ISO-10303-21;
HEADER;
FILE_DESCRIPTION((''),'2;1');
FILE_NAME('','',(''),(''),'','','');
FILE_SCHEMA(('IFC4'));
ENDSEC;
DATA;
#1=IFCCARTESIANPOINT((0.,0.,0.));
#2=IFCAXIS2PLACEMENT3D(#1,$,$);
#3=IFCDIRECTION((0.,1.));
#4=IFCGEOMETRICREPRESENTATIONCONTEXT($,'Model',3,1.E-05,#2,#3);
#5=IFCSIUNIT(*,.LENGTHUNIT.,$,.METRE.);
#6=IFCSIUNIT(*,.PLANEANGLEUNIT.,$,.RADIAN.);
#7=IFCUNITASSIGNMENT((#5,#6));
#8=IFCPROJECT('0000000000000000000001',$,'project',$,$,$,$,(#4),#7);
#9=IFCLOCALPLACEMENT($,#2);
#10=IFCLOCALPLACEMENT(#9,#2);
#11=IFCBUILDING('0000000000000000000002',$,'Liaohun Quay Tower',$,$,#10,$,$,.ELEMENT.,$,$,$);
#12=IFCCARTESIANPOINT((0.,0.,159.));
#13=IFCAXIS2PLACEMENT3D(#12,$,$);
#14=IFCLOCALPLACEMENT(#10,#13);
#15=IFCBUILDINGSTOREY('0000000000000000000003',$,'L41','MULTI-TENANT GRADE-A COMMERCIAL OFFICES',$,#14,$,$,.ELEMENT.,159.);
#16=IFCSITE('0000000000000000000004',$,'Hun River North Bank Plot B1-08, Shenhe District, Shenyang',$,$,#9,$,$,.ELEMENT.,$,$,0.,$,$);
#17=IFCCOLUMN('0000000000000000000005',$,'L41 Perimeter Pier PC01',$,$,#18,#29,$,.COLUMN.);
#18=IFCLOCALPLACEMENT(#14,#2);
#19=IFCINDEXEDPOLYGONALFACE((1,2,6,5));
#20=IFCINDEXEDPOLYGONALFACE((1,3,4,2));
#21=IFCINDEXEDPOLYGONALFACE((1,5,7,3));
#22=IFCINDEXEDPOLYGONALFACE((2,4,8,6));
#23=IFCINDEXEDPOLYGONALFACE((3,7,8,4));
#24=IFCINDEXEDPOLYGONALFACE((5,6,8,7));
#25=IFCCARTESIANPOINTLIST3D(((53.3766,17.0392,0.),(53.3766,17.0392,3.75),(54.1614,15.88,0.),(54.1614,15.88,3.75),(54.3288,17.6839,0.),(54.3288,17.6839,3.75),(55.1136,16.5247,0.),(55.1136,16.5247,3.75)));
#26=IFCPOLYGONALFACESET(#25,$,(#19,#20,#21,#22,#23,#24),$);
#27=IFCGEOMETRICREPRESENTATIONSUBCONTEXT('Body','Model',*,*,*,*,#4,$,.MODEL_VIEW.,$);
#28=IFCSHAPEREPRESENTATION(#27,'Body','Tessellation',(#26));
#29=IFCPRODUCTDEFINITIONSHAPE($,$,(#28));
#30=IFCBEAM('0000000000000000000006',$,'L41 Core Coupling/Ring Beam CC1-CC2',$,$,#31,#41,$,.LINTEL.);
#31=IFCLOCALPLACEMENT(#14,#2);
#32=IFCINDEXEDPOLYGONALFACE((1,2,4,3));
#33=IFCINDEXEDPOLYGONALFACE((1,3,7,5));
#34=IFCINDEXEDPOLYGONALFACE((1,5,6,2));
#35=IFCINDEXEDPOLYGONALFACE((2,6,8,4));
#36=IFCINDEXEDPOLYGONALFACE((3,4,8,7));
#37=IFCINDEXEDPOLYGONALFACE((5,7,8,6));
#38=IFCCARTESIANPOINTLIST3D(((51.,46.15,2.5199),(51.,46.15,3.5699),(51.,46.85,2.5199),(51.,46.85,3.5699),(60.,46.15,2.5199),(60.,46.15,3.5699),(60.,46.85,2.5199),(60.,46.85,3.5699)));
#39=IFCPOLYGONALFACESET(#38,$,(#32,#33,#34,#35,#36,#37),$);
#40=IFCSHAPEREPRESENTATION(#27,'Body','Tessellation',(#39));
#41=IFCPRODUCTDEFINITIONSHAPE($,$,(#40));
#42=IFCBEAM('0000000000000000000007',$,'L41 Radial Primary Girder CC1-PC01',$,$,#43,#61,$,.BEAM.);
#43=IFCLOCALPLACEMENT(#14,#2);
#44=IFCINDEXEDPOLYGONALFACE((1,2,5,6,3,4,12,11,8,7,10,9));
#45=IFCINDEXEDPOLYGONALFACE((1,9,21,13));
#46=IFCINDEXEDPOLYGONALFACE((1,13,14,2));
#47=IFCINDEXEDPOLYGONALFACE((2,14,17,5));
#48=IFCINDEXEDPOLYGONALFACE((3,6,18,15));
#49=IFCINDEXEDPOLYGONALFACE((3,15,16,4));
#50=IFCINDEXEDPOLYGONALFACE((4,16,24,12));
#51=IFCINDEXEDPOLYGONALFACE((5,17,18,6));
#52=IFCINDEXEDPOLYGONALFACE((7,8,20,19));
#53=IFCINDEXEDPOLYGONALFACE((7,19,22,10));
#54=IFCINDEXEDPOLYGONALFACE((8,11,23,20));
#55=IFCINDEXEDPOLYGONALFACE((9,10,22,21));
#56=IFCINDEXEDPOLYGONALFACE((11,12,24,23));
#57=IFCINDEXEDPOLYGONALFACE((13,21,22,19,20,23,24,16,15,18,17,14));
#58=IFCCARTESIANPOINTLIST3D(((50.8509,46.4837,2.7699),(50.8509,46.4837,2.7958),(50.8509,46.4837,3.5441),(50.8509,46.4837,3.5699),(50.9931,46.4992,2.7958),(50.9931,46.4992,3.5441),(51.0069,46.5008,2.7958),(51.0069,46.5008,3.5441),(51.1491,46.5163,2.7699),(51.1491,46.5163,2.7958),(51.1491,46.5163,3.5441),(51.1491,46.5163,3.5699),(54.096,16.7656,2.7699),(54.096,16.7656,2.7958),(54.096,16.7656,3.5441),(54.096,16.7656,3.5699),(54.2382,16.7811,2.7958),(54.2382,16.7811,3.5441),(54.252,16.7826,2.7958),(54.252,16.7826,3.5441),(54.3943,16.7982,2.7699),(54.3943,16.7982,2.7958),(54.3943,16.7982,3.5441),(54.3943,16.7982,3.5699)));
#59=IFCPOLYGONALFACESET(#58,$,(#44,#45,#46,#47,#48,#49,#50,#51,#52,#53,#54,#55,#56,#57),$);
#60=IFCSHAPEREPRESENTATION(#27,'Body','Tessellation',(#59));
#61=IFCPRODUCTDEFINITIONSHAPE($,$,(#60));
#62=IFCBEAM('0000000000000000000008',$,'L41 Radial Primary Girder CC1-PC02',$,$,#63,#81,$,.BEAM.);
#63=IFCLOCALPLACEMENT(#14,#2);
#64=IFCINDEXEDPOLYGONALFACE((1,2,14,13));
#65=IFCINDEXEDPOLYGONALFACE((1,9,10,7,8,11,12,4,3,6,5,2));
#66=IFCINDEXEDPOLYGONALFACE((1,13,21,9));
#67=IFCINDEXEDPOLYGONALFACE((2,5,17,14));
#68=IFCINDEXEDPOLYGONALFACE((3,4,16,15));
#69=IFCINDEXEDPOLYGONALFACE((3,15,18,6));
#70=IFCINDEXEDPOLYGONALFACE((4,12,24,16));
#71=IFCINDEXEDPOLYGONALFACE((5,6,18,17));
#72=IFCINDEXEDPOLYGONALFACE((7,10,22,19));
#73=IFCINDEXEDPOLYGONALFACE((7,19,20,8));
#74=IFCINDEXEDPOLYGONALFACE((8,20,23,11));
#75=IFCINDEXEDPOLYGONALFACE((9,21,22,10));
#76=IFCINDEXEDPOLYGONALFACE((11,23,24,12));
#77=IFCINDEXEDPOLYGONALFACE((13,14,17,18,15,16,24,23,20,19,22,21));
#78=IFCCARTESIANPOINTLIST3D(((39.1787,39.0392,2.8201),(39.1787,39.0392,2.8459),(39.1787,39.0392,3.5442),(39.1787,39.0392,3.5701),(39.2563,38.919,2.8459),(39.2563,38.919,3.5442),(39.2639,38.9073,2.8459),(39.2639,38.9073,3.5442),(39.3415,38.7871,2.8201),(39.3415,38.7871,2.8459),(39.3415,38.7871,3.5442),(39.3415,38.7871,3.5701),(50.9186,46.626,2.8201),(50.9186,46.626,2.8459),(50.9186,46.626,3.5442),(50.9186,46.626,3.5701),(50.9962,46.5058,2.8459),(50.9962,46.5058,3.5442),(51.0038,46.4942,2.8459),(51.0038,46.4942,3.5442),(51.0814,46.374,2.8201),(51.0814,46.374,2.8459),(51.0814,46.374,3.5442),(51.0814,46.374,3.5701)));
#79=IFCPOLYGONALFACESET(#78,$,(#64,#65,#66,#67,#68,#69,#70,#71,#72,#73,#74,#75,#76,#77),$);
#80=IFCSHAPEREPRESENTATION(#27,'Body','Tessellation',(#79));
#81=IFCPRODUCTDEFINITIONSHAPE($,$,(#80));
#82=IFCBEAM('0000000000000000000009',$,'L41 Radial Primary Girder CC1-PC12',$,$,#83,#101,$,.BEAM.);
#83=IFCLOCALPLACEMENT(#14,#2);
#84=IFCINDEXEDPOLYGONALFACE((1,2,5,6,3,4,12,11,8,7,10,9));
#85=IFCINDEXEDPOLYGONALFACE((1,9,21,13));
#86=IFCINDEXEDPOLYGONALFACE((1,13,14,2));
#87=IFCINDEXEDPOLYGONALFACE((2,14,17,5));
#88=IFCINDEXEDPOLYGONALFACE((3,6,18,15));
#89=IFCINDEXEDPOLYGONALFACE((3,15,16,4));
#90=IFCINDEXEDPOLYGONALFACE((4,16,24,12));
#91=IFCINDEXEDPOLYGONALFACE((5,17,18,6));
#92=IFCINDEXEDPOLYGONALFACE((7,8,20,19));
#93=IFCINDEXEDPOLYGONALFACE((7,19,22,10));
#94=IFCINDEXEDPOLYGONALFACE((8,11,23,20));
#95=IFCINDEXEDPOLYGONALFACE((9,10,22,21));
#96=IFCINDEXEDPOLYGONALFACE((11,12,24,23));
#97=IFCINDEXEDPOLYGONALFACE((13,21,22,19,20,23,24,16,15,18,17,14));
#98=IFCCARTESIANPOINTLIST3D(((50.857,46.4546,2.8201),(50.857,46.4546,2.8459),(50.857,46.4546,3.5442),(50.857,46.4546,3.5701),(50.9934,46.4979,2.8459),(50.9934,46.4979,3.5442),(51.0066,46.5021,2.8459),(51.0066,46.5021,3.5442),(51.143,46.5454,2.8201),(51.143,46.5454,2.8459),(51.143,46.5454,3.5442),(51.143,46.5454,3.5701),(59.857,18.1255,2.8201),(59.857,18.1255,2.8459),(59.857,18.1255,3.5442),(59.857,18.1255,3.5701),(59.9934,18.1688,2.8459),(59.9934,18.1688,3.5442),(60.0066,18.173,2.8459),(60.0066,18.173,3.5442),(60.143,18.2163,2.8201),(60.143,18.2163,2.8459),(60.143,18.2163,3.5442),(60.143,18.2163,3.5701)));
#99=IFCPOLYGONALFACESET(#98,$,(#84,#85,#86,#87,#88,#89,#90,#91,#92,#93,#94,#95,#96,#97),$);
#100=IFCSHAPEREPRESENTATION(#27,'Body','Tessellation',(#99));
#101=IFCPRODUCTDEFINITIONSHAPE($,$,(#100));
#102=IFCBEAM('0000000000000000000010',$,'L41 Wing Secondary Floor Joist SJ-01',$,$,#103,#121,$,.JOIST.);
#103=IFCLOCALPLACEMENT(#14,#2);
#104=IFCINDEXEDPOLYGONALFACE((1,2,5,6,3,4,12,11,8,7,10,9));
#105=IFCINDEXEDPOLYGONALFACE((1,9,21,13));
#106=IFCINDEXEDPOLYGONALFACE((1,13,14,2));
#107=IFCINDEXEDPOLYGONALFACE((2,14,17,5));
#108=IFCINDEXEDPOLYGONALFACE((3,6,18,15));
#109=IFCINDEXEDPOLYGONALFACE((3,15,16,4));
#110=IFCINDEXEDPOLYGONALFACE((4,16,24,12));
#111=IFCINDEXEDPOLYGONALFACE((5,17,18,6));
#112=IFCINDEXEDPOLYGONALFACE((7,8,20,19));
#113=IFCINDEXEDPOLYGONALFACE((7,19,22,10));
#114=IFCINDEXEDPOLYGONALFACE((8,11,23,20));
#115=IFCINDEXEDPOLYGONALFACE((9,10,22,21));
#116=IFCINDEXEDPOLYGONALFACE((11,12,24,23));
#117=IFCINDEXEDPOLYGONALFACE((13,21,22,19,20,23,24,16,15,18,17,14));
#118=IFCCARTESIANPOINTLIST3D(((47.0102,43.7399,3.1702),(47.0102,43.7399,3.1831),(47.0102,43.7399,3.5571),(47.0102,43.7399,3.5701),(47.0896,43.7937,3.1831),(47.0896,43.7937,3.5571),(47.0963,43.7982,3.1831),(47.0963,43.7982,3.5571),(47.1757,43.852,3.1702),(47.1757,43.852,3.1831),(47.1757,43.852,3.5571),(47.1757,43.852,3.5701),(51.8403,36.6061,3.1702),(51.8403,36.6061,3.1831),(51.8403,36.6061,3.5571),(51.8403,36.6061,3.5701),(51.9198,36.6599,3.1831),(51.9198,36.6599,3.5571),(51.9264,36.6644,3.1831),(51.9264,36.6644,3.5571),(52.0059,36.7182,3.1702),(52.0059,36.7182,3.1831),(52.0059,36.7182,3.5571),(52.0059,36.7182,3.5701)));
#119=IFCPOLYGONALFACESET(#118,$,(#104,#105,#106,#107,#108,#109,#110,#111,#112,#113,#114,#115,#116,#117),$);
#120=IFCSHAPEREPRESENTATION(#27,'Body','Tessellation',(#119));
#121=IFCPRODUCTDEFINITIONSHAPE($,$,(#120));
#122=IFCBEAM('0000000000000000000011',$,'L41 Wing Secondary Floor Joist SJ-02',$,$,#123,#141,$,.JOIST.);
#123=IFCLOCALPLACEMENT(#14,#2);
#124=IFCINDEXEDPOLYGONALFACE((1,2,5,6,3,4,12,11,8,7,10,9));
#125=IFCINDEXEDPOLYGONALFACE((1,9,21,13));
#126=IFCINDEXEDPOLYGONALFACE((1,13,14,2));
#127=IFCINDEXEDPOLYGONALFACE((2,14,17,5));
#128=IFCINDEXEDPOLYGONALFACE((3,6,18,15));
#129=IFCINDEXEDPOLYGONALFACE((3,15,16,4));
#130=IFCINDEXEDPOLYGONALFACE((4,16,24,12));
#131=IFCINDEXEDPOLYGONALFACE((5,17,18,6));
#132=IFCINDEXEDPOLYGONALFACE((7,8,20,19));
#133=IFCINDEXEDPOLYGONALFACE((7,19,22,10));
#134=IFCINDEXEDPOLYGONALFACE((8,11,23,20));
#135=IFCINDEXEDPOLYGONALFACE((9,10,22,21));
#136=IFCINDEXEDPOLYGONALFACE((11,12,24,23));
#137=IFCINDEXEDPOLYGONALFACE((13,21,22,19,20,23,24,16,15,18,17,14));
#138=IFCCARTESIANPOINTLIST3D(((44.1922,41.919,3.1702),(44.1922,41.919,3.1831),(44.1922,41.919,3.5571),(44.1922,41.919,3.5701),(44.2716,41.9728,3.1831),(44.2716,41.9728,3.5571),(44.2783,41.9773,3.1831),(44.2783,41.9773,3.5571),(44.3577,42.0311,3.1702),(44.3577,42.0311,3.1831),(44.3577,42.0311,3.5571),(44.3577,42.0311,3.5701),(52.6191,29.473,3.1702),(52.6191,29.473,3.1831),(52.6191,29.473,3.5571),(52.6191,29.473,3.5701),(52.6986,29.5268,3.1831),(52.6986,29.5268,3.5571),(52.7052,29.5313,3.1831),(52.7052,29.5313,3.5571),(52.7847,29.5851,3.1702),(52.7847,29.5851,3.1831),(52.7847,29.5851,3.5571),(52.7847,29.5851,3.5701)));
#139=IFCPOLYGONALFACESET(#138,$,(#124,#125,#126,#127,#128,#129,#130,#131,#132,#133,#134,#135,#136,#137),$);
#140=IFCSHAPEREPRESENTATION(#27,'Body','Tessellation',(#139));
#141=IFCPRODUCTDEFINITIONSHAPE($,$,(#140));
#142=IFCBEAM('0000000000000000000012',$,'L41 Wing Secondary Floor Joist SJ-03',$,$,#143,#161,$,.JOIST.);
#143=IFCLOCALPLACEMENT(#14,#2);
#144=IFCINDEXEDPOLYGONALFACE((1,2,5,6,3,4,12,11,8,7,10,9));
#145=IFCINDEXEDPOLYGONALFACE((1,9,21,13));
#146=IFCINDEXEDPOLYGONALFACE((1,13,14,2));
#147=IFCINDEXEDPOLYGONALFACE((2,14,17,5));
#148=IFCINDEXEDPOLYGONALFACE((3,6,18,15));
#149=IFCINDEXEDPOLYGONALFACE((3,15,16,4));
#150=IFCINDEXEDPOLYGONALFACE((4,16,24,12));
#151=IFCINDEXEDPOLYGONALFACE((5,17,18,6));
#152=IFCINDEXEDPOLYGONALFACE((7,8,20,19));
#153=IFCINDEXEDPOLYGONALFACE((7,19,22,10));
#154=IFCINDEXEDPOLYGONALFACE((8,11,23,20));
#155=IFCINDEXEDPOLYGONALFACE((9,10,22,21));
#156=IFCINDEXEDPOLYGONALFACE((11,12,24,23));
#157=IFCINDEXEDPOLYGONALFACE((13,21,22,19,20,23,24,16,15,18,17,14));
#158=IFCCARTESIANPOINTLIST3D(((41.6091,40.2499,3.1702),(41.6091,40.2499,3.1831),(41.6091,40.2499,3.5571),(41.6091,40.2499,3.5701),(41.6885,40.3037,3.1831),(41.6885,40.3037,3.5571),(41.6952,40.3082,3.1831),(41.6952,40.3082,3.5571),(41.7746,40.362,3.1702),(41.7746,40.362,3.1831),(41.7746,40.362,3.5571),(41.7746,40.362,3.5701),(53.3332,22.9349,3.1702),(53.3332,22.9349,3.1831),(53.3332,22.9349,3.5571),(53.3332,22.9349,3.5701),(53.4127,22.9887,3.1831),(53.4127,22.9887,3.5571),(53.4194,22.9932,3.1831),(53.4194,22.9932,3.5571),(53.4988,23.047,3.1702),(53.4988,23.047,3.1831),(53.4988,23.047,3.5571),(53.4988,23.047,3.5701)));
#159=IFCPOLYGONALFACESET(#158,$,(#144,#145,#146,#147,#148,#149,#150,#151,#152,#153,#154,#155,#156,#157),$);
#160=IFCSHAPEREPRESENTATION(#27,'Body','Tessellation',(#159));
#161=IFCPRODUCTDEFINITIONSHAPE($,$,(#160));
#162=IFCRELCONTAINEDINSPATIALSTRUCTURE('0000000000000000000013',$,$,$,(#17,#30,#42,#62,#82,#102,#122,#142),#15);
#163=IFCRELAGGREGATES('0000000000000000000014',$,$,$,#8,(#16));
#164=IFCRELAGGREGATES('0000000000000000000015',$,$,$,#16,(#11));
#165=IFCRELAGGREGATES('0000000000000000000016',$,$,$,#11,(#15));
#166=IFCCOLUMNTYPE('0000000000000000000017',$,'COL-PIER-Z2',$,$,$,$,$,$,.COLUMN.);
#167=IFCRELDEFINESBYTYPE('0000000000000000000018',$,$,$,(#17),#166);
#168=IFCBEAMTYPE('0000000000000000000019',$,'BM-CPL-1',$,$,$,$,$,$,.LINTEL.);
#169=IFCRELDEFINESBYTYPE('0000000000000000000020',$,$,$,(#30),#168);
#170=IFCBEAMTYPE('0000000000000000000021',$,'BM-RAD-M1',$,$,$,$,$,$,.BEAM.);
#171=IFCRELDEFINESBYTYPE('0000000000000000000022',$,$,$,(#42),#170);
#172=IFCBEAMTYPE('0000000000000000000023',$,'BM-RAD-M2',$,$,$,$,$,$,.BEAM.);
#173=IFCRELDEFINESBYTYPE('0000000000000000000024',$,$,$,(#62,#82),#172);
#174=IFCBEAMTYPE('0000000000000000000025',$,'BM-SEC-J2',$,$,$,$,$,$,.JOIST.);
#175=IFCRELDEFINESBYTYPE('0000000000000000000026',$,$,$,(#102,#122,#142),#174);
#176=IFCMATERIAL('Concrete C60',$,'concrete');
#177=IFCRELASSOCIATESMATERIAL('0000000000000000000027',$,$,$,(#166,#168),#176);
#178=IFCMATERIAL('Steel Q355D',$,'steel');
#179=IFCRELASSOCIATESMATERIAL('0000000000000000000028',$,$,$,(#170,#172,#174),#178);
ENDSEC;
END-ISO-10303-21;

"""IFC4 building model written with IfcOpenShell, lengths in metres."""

from ifc_helpers import new_model, si_unit, direction, frame, origin, origin_2d, place, context, subcontext, project, spatial, rectangle, i_section, extrude, source, transform, mapped, material, material_profile, profile_set, type_object, element, save


model = new_model("IFC4")

# Units and contexts
model_context = context("Model", 3, precision=1e-05, world=origin(), true_north=direction((0.0, 1.0)))
body_context = subcontext(model_context, "Body", "Model", "MODEL_VIEW")
ifc_project = project(units=[si_unit("LENGTHUNIT", "METRE"), si_unit("PLANEANGLEUNIT", "RADIAN")], contexts=[model_context])

# Site, building, storey
site_placement = place(None, origin())
site = spatial("IfcSite", under=ifc_project, at=site_placement, Name="Hun River North Bank Plot B1-08, Shenhe District, Shenyang", CompositionType="ELEMENT", RefElevation=0.0)
building_placement = place(site_placement, origin())
building = spatial("IfcBuilding", under=site, at=building_placement, Name="Liaohun Quay Tower", CompositionType="ELEMENT")
storey_placement = place(building_placement, frame((0.0, 0.0, 159.0)))
storey = spatial("IfcBuildingStorey", under=building, at=storey_placement, Name="L41", Description="MULTI-TENANT GRADE-A COMMERCIAL OFFICES", CompositionType="ELEMENT", Elevation=159.0)

# Column
ifc_material_1 = material(Name="Concrete C60", Category="concrete")
ifc_material_profile_1 = material_profile(ifc_material_1, rectangle(XDim=1.3999, YDim=1.1499, at=origin_2d()), Name="RC1400x1150")
ifc_profile_set_1 = profile_set([ifc_material_profile_1], Name="Concrete C60")
column_type = type_object("IfcColumnType", Name="COL-PIER-Z2", PredefinedType="COLUMN", material=ifc_profile_set_1)
shared_shape_1 = source(origin(), body_context, "Body", "SweptSolid", [
    extrude(rectangle(XDim=1.3999, YDim=1.1499, at=origin_2d()), origin(), (0.0, 0.0, 1.0), 3.75),
])
column_placement = place(storey_placement, frame((54.2451, 16.782, 0.0), z_axis=(0.0, 0.0, 1.0), x_axis=(-0.560639, 0.82806, 0.0)))
element("IfcColumn", 1, at=column_placement, inside=storey, type_object=column_type, Name="L41 Perimeter Pier PC01", PredefinedType="COLUMN", context=body_context, shape_type="MappedRepresentation", body=[
    mapped(shared_shape_1, transform((0.0, 0.0, 0.0), x_axis=(1.0, 0.0, 0.0), y_axis=(0.0, 1.0, 0.0), z_axis=(0.0, 0.0, 1.0), scale=1.0)),
])

# Beams
ifc_material_profile_2 = material_profile(ifc_material_1, rectangle(XDim=0.7, YDim=1.05, at=origin_2d()), Name="RC700x1050")
ifc_profile_set_2 = profile_set([ifc_material_profile_2], Name="Concrete C60")
beam_type_1 = type_object("IfcBeamType", Name="BM-CPL-1", PredefinedType="LINTEL", material=ifc_profile_set_2)
shared_shape_2 = source(origin(), body_context, "Body", "SweptSolid", [
    extrude(rectangle(XDim=0.7, YDim=1.05, at=origin_2d()), origin(), (0.0, 0.0, 1.0), 9.0),
])
beam_1_placement = place(storey_placement, frame((51.0, 46.5, 3.0449), z_axis=(1.0, 0.0, 0.0), x_axis=(0.0, 1.0, 0.0)))
element("IfcBeam", 2, at=beam_1_placement, inside=storey, type_object=beam_type_1, Name="L41 Core Coupling/Ring Beam CC1-CC2", PredefinedType="LINTEL", context=body_context, shape_type="MappedRepresentation", body=[
    mapped(shared_shape_2, transform((0.0, 0.0, 0.0), x_axis=(1.0, 0.0, 0.0), y_axis=(0.0, 1.0, 0.0), z_axis=(0.0, 0.0, 1.0), scale=1.0)),
])
ifc_material_2 = material(Name="Steel Q355D", Category="steel")
ifc_material_profile_3 = material_profile(ifc_material_2, i_section(OverallWidth=0.3, OverallDepth=0.8, WebThickness=0.0139, FlangeThickness=0.0259, at=origin_2d()), Name="HN800x300x14x26")
ifc_profile_set_3 = profile_set([ifc_material_profile_3], Name="Steel Q355D")
beam_type_2 = type_object("IfcBeamType", Name="BM-RAD-M1", PredefinedType="BEAM", material=ifc_profile_set_3)
shared_shape_3 = source(origin(), body_context, "Body", "SweptSolid", [
    extrude(i_section(OverallWidth=0.3, OverallDepth=0.8, WebThickness=0.0139, FlangeThickness=0.0259, at=origin_2d()), origin(), (0.0, 0.0, 1.0), 29.8948),
])
beam_2_placement = place(storey_placement, frame((51.0, 46.5, 3.1699), z_axis=(0.108552, -0.994091, 0.0), x_axis=(0.994091, 0.108552, 0.0)))
element("IfcBeam", 3, at=beam_2_placement, inside=storey, type_object=beam_type_2, Name="L41 Radial Primary Girder CC1-PC01", PredefinedType="BEAM", context=body_context, shape_type="MappedRepresentation", body=[
    mapped(shared_shape_3, transform((0.0, 0.0, 0.0), x_axis=(1.0, 0.0, 0.0), y_axis=(0.0, 1.0, 0.0), z_axis=(0.0, 0.0, 1.0), scale=1.0)),
])
ifc_material_profile_4 = material_profile(ifc_material_2, i_section(OverallWidth=0.3, OverallDepth=0.75, WebThickness=0.0139, FlangeThickness=0.0259, at=origin_2d()), Name="HN750x300x14x26")
ifc_profile_set_4 = profile_set([ifc_material_profile_4], Name="Steel Q355D")
beam_type_3 = type_object("IfcBeamType", Name="BM-RAD-M2", PredefinedType="BEAM", material=ifc_profile_set_4)
shared_shape_4 = source(origin(), body_context, "Body", "SweptSolid", [
    extrude(i_section(OverallWidth=0.3, OverallDepth=0.75, WebThickness=0.0139, FlangeThickness=0.0259, at=origin_2d()), origin(), (0.0, 0.0, 1.0), 13.978),
])
beam_3_placement = place(storey_placement, frame((51.0, 46.5, 3.1951), z_axis=(-0.839882, -0.54277, 0.0), x_axis=(0.54277, -0.839882, 0.0)))
element("IfcBeam", 4, at=beam_3_placement, inside=storey, type_object=beam_type_3, Name="L41 Radial Primary Girder CC1-PC02", PredefinedType="BEAM", context=body_context, shape_type="MappedRepresentation", body=[
    mapped(shared_shape_4, transform((0.0, 0.0, 0.0), x_axis=(1.0, 0.0, 0.0), y_axis=(0.0, 1.0, 0.0), z_axis=(0.0, 0.0, 1.0), scale=1.0)),
])
shared_shape_5 = source(origin(), body_context, "Body", "SweptSolid", [
    extrude(i_section(OverallWidth=0.3, OverallDepth=0.75, WebThickness=0.0139, FlangeThickness=0.0259, at=origin_2d()), origin(), (0.0, 0.0, 1.0), 29.7244),
])
beam_4_placement = place(storey_placement, frame((51.0, 46.5, 3.1951), z_axis=(0.302782, -0.95306, 0.0), x_axis=(0.95306, 0.302782, 0.0)))
element("IfcBeam", 5, at=beam_4_placement, inside=storey, type_object=beam_type_3, Name="L41 Radial Primary Girder CC1-PC12", PredefinedType="BEAM", context=body_context, shape_type="MappedRepresentation", body=[
    mapped(shared_shape_5, transform((0.0, 0.0, 0.0), x_axis=(1.0, 0.0, 0.0), y_axis=(0.0, 1.0, 0.0), z_axis=(0.0, 0.0, 1.0), scale=1.0)),
])
ifc_material_profile_5 = material_profile(ifc_material_2, i_section(OverallWidth=0.2, OverallDepth=0.3999, WebThickness=0.0081, FlangeThickness=0.0129, at=origin_2d()), Name="HN400x200x8x13")
ifc_profile_set_5 = profile_set([ifc_material_profile_5], Name="Steel Q355D")
beam_type_4 = type_object("IfcBeamType", Name="BM-SEC-J2", PredefinedType="JOIST", material=ifc_profile_set_5)
shared_shape_6 = source(origin(), body_context, "Body", "SweptSolid", [
    extrude(i_section(OverallWidth=0.2, OverallDepth=0.3999, WebThickness=0.0081, FlangeThickness=0.0129, at=origin_2d()), origin(), (0.0, 0.0, 1.0), 8.6152),
])
beam_5_placement = place(storey_placement, frame((51.9231, 36.6621, 3.3701), z_axis=(-0.56065, 0.828053, 0.0), x_axis=(-0.828053, -0.56065, 0.0)))
element("IfcBeam", 6, at=beam_5_placement, inside=storey, type_object=beam_type_4, Name="L41 Wing Secondary Floor Joist SJ-01", PredefinedType="JOIST", context=body_context, shape_type="MappedRepresentation", body=[
    mapped(shared_shape_6, transform((0.0, 0.0, 0.0), x_axis=(1.0, 0.0, 0.0), y_axis=(0.0, 1.0, 0.0), z_axis=(0.0, 0.0, 1.0), scale=1.0)),
])
shared_shape_7 = source(origin(), body_context, "Body", "SweptSolid", [
    extrude(i_section(OverallWidth=0.2, OverallDepth=0.3999, WebThickness=0.0081, FlangeThickness=0.0129, at=origin_2d()), origin(), (0.0, 0.0, 1.0), 15.0305),
])
beam_6_placement = place(storey_placement, frame((52.7019, 29.5291, 3.3701), z_axis=(-0.560657, 0.828048, 0.0), x_axis=(-0.828048, -0.560657, 0.0)))
element("IfcBeam", 7, at=beam_6_placement, inside=storey, type_object=beam_type_4, Name="L41 Wing Secondary Floor Joist SJ-02", PredefinedType="JOIST", context=body_context, shape_type="MappedRepresentation", body=[
    mapped(shared_shape_7, transform((0.0, 0.0, 0.0), x_axis=(1.0, 0.0, 0.0), y_axis=(0.0, 1.0, 0.0), z_axis=(0.0, 0.0, 1.0), scale=1.0)),
])
shared_shape_8 = source(origin(), body_context, "Body", "SweptSolid", [
    extrude(i_section(OverallWidth=0.2, OverallDepth=0.3999, WebThickness=0.0081, FlangeThickness=0.0129, at=origin_2d()), origin(), (0.0, 0.0, 1.0), 20.9109),
])
beam_7_placement = place(storey_placement, frame((53.416, 22.991, 3.3701), z_axis=(-0.560673, 0.828038, 0.0), x_axis=(-0.828038, -0.560673, 0.0)))
element("IfcBeam", 8, at=beam_7_placement, inside=storey, type_object=beam_type_4, Name="L41 Wing Secondary Floor Joist SJ-03", PredefinedType="JOIST", context=body_context, shape_type="MappedRepresentation", body=[
    mapped(shared_shape_8, transform((0.0, 0.0, 0.0), x_axis=(1.0, 0.0, 0.0), y_axis=(0.0, 1.0, 0.0), z_axis=(0.0, 0.0, 1.0), scale=1.0)),
])

save(model, "model.ifc")
